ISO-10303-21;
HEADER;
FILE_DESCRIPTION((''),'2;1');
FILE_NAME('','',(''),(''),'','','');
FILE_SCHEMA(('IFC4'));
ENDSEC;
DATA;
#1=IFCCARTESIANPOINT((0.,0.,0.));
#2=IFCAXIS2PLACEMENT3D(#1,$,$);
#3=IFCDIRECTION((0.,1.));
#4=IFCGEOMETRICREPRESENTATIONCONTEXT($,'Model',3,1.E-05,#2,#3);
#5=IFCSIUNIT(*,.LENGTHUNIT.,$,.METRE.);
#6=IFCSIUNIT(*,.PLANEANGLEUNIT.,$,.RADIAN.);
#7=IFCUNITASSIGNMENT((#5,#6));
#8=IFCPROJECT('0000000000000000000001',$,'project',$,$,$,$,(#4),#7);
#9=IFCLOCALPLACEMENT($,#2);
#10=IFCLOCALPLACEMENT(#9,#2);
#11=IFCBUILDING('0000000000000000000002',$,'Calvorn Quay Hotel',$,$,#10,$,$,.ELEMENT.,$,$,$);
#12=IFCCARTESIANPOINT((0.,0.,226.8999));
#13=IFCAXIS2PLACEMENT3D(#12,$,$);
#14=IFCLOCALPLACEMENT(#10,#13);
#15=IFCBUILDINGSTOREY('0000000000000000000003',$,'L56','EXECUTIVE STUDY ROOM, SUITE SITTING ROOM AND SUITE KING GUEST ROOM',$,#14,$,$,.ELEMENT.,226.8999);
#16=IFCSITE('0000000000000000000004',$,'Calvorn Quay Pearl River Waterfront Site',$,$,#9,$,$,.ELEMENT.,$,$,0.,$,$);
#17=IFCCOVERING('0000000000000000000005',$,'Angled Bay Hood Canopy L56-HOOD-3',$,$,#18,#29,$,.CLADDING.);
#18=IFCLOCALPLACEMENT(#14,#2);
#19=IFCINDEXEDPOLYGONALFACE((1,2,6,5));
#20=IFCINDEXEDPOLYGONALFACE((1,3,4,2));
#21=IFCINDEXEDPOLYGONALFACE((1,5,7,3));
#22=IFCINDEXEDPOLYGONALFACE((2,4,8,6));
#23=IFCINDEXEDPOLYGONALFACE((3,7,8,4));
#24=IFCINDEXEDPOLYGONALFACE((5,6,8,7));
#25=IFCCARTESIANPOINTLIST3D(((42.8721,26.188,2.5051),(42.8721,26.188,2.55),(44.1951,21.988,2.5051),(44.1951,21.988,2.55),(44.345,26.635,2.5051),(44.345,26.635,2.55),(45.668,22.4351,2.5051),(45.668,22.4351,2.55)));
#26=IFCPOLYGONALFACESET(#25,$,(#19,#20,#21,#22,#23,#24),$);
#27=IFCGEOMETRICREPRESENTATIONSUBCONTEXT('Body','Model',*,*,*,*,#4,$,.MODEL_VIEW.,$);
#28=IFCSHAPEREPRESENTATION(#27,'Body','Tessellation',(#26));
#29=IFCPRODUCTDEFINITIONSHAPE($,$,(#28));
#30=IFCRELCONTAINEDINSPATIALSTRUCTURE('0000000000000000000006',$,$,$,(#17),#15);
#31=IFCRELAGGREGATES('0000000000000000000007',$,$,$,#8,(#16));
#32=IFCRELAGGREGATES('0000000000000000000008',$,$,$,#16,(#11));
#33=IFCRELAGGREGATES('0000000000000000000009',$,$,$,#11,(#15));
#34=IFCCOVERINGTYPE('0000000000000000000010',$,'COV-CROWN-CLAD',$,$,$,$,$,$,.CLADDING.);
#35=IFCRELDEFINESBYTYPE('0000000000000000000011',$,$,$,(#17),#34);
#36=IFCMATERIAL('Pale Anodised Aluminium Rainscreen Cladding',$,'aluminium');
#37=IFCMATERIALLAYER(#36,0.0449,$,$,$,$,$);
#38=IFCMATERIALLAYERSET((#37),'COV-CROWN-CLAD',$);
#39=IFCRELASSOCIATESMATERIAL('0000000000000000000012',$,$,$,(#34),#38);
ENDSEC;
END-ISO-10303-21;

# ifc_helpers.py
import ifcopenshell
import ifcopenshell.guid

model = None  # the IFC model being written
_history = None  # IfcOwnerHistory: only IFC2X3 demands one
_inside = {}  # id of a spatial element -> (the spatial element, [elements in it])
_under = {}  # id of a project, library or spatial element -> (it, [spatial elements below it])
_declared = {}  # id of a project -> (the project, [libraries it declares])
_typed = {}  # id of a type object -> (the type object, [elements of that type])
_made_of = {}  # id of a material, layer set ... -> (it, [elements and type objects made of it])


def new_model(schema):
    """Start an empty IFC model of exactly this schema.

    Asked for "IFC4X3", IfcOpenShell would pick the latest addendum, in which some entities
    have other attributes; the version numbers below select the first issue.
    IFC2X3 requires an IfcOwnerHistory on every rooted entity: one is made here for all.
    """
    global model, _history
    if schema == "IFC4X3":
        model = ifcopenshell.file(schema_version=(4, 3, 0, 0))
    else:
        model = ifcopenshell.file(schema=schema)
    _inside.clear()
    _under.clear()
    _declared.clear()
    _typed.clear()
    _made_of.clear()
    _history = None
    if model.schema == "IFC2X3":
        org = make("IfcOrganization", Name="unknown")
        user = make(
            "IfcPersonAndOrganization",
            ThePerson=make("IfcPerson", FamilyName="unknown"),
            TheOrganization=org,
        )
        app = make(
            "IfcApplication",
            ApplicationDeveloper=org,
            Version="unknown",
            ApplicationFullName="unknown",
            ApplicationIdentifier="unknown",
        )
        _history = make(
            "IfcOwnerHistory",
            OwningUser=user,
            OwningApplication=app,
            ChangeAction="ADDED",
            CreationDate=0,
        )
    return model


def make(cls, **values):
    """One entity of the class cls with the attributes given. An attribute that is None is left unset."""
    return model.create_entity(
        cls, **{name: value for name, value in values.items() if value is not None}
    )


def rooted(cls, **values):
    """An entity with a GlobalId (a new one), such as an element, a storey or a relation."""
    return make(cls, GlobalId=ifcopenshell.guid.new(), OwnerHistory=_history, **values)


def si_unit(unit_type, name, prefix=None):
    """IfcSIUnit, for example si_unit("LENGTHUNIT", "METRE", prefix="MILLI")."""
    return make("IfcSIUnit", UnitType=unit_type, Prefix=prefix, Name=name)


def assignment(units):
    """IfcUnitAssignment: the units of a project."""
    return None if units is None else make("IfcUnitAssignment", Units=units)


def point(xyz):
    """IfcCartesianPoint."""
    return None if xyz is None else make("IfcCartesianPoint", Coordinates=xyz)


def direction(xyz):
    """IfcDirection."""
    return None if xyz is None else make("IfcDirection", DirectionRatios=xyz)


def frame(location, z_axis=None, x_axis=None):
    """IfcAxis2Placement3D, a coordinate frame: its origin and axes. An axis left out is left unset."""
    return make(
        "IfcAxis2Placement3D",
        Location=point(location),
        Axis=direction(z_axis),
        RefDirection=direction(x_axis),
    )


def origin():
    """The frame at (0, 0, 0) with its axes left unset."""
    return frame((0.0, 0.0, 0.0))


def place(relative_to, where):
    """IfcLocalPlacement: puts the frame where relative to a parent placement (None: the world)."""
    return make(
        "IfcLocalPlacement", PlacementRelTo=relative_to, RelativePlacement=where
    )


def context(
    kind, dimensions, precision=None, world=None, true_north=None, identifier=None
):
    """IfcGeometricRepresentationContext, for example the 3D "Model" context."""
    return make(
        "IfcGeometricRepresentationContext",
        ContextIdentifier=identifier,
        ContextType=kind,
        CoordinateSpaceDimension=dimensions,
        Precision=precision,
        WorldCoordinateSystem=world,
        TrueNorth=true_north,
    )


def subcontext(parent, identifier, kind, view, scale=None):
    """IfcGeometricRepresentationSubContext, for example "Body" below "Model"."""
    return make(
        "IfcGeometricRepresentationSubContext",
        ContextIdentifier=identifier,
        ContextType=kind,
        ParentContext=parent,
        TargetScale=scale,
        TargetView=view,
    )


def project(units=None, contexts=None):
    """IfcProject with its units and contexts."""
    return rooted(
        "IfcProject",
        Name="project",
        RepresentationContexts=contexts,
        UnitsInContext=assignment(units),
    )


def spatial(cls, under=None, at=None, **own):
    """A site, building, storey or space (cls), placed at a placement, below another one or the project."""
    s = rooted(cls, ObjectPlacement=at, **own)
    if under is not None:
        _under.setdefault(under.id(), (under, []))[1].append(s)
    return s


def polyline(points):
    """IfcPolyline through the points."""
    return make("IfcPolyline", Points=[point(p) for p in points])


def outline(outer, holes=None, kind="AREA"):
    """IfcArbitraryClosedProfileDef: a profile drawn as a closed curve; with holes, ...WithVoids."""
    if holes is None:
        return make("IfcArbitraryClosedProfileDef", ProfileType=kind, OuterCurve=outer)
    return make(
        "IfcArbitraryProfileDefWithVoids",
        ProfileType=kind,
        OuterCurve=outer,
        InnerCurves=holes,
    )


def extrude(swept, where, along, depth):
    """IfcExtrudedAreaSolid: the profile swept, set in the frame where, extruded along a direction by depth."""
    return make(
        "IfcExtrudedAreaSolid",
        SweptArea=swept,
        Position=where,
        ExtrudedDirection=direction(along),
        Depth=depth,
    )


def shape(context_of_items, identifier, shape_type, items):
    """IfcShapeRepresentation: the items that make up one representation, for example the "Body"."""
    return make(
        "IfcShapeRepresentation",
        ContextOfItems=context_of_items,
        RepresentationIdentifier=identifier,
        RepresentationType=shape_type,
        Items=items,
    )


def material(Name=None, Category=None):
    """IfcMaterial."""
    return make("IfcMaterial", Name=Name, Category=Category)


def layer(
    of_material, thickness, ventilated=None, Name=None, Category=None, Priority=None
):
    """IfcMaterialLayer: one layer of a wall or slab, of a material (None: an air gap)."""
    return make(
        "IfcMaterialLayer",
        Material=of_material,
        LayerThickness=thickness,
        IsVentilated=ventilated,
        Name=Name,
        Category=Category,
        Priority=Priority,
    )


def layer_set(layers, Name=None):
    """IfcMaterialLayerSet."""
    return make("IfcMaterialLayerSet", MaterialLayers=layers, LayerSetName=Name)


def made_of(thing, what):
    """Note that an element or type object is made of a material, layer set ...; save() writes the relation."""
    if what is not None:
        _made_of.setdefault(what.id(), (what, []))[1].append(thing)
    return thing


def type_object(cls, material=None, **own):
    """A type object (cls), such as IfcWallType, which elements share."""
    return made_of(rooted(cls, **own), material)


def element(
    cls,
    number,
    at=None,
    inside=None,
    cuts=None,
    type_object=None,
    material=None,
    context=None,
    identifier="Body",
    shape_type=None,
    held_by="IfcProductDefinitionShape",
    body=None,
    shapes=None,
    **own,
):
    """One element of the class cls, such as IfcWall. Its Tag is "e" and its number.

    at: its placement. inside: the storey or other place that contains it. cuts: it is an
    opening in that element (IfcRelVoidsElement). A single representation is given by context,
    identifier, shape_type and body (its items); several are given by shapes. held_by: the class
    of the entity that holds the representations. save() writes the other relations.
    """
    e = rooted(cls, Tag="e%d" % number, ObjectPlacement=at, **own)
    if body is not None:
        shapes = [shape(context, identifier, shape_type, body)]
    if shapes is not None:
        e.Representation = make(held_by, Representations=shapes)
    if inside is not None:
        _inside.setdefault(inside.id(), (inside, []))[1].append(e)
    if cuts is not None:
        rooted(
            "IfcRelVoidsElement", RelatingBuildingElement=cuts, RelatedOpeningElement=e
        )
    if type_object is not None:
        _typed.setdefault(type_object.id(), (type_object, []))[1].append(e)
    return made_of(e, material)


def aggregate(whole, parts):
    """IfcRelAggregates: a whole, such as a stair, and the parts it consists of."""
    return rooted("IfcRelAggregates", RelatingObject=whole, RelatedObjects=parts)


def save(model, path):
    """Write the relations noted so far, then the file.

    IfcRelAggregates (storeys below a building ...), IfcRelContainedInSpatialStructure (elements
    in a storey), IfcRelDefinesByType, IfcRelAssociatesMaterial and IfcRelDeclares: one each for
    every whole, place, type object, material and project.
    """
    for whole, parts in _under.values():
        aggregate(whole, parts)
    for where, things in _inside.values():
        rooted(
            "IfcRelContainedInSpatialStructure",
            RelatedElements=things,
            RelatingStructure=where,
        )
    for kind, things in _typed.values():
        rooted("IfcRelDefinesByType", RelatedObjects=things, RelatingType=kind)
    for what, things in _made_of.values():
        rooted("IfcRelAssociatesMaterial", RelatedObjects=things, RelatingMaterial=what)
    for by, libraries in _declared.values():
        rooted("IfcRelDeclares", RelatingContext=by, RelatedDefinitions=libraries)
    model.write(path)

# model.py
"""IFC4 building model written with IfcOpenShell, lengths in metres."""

from ifc_helpers import new_model, si_unit, direction, frame, origin, place, context, subcontext, project, spatial, polyline, outline, extrude, material, layer, layer_set, type_object, element, save


model = new_model("IFC4")

# Units and contexts
model_context = context("Model", 3, precision=1e-05, world=origin(), true_north=direction((0.0, 1.0)))
body_context = subcontext(model_context, "Body", "Model", "MODEL_VIEW")
ifc_project = project(units=[si_unit("LENGTHUNIT", "METRE"), si_unit("PLANEANGLEUNIT", "RADIAN")], contexts=[model_context])

# Site, building, storey
site_placement = place(None, origin())
site = spatial("IfcSite", under=ifc_project, at=site_placement, Name="Calvorn Quay Pearl River Waterfront Site", CompositionType="ELEMENT", RefElevation=0.0)
building_placement = place(site_placement, origin())
building = spatial("IfcBuilding", under=site, at=building_placement, Name="Calvorn Quay Hotel", CompositionType="ELEMENT")
storey_placement = place(building_placement, frame((0.0, 0.0, 226.8999)))
storey = spatial("IfcBuildingStorey", under=building, at=storey_placement, Name="L56", Description="EXECUTIVE STUDY ROOM, SUITE SITTING ROOM AND SUITE KING GUEST ROOM", CompositionType="ELEMENT", Elevation=226.8999)

# Covering
ifc_material_1 = material(Name="Pale Anodised Aluminium Rainscreen Cladding", Category="aluminium")
ifc_layer_1 = layer(ifc_material_1, 0.0449)
ifc_layer_set_1 = layer_set([ifc_layer_1], Name="COV-CROWN-CLAD")
covering_type = type_object("IfcCoveringType", Name="COV-CROWN-CLAD", PredefinedType="CLADDING", material=ifc_layer_set_1)
covering_1_placement = place(storey_placement, frame((0.0, 0.0, 2.5051)))
element("IfcCovering", 1, at=covering_1_placement, inside=storey, type_object=covering_type, Name="Angled Bay Hood Canopy L56-HOOD-3", PredefinedType="CLADDING", context=body_context, shape_type="SweptSolid", body=[
    extrude(outline(polyline([(42.8721, 26.188), (44.345, 26.635), (45.668, 22.4351), (44.1951, 21.988), (42.8721, 26.188)])), origin(), (0.0, 0.0, 1.0), 0.0449),
])

save(model, "model.ifc")
